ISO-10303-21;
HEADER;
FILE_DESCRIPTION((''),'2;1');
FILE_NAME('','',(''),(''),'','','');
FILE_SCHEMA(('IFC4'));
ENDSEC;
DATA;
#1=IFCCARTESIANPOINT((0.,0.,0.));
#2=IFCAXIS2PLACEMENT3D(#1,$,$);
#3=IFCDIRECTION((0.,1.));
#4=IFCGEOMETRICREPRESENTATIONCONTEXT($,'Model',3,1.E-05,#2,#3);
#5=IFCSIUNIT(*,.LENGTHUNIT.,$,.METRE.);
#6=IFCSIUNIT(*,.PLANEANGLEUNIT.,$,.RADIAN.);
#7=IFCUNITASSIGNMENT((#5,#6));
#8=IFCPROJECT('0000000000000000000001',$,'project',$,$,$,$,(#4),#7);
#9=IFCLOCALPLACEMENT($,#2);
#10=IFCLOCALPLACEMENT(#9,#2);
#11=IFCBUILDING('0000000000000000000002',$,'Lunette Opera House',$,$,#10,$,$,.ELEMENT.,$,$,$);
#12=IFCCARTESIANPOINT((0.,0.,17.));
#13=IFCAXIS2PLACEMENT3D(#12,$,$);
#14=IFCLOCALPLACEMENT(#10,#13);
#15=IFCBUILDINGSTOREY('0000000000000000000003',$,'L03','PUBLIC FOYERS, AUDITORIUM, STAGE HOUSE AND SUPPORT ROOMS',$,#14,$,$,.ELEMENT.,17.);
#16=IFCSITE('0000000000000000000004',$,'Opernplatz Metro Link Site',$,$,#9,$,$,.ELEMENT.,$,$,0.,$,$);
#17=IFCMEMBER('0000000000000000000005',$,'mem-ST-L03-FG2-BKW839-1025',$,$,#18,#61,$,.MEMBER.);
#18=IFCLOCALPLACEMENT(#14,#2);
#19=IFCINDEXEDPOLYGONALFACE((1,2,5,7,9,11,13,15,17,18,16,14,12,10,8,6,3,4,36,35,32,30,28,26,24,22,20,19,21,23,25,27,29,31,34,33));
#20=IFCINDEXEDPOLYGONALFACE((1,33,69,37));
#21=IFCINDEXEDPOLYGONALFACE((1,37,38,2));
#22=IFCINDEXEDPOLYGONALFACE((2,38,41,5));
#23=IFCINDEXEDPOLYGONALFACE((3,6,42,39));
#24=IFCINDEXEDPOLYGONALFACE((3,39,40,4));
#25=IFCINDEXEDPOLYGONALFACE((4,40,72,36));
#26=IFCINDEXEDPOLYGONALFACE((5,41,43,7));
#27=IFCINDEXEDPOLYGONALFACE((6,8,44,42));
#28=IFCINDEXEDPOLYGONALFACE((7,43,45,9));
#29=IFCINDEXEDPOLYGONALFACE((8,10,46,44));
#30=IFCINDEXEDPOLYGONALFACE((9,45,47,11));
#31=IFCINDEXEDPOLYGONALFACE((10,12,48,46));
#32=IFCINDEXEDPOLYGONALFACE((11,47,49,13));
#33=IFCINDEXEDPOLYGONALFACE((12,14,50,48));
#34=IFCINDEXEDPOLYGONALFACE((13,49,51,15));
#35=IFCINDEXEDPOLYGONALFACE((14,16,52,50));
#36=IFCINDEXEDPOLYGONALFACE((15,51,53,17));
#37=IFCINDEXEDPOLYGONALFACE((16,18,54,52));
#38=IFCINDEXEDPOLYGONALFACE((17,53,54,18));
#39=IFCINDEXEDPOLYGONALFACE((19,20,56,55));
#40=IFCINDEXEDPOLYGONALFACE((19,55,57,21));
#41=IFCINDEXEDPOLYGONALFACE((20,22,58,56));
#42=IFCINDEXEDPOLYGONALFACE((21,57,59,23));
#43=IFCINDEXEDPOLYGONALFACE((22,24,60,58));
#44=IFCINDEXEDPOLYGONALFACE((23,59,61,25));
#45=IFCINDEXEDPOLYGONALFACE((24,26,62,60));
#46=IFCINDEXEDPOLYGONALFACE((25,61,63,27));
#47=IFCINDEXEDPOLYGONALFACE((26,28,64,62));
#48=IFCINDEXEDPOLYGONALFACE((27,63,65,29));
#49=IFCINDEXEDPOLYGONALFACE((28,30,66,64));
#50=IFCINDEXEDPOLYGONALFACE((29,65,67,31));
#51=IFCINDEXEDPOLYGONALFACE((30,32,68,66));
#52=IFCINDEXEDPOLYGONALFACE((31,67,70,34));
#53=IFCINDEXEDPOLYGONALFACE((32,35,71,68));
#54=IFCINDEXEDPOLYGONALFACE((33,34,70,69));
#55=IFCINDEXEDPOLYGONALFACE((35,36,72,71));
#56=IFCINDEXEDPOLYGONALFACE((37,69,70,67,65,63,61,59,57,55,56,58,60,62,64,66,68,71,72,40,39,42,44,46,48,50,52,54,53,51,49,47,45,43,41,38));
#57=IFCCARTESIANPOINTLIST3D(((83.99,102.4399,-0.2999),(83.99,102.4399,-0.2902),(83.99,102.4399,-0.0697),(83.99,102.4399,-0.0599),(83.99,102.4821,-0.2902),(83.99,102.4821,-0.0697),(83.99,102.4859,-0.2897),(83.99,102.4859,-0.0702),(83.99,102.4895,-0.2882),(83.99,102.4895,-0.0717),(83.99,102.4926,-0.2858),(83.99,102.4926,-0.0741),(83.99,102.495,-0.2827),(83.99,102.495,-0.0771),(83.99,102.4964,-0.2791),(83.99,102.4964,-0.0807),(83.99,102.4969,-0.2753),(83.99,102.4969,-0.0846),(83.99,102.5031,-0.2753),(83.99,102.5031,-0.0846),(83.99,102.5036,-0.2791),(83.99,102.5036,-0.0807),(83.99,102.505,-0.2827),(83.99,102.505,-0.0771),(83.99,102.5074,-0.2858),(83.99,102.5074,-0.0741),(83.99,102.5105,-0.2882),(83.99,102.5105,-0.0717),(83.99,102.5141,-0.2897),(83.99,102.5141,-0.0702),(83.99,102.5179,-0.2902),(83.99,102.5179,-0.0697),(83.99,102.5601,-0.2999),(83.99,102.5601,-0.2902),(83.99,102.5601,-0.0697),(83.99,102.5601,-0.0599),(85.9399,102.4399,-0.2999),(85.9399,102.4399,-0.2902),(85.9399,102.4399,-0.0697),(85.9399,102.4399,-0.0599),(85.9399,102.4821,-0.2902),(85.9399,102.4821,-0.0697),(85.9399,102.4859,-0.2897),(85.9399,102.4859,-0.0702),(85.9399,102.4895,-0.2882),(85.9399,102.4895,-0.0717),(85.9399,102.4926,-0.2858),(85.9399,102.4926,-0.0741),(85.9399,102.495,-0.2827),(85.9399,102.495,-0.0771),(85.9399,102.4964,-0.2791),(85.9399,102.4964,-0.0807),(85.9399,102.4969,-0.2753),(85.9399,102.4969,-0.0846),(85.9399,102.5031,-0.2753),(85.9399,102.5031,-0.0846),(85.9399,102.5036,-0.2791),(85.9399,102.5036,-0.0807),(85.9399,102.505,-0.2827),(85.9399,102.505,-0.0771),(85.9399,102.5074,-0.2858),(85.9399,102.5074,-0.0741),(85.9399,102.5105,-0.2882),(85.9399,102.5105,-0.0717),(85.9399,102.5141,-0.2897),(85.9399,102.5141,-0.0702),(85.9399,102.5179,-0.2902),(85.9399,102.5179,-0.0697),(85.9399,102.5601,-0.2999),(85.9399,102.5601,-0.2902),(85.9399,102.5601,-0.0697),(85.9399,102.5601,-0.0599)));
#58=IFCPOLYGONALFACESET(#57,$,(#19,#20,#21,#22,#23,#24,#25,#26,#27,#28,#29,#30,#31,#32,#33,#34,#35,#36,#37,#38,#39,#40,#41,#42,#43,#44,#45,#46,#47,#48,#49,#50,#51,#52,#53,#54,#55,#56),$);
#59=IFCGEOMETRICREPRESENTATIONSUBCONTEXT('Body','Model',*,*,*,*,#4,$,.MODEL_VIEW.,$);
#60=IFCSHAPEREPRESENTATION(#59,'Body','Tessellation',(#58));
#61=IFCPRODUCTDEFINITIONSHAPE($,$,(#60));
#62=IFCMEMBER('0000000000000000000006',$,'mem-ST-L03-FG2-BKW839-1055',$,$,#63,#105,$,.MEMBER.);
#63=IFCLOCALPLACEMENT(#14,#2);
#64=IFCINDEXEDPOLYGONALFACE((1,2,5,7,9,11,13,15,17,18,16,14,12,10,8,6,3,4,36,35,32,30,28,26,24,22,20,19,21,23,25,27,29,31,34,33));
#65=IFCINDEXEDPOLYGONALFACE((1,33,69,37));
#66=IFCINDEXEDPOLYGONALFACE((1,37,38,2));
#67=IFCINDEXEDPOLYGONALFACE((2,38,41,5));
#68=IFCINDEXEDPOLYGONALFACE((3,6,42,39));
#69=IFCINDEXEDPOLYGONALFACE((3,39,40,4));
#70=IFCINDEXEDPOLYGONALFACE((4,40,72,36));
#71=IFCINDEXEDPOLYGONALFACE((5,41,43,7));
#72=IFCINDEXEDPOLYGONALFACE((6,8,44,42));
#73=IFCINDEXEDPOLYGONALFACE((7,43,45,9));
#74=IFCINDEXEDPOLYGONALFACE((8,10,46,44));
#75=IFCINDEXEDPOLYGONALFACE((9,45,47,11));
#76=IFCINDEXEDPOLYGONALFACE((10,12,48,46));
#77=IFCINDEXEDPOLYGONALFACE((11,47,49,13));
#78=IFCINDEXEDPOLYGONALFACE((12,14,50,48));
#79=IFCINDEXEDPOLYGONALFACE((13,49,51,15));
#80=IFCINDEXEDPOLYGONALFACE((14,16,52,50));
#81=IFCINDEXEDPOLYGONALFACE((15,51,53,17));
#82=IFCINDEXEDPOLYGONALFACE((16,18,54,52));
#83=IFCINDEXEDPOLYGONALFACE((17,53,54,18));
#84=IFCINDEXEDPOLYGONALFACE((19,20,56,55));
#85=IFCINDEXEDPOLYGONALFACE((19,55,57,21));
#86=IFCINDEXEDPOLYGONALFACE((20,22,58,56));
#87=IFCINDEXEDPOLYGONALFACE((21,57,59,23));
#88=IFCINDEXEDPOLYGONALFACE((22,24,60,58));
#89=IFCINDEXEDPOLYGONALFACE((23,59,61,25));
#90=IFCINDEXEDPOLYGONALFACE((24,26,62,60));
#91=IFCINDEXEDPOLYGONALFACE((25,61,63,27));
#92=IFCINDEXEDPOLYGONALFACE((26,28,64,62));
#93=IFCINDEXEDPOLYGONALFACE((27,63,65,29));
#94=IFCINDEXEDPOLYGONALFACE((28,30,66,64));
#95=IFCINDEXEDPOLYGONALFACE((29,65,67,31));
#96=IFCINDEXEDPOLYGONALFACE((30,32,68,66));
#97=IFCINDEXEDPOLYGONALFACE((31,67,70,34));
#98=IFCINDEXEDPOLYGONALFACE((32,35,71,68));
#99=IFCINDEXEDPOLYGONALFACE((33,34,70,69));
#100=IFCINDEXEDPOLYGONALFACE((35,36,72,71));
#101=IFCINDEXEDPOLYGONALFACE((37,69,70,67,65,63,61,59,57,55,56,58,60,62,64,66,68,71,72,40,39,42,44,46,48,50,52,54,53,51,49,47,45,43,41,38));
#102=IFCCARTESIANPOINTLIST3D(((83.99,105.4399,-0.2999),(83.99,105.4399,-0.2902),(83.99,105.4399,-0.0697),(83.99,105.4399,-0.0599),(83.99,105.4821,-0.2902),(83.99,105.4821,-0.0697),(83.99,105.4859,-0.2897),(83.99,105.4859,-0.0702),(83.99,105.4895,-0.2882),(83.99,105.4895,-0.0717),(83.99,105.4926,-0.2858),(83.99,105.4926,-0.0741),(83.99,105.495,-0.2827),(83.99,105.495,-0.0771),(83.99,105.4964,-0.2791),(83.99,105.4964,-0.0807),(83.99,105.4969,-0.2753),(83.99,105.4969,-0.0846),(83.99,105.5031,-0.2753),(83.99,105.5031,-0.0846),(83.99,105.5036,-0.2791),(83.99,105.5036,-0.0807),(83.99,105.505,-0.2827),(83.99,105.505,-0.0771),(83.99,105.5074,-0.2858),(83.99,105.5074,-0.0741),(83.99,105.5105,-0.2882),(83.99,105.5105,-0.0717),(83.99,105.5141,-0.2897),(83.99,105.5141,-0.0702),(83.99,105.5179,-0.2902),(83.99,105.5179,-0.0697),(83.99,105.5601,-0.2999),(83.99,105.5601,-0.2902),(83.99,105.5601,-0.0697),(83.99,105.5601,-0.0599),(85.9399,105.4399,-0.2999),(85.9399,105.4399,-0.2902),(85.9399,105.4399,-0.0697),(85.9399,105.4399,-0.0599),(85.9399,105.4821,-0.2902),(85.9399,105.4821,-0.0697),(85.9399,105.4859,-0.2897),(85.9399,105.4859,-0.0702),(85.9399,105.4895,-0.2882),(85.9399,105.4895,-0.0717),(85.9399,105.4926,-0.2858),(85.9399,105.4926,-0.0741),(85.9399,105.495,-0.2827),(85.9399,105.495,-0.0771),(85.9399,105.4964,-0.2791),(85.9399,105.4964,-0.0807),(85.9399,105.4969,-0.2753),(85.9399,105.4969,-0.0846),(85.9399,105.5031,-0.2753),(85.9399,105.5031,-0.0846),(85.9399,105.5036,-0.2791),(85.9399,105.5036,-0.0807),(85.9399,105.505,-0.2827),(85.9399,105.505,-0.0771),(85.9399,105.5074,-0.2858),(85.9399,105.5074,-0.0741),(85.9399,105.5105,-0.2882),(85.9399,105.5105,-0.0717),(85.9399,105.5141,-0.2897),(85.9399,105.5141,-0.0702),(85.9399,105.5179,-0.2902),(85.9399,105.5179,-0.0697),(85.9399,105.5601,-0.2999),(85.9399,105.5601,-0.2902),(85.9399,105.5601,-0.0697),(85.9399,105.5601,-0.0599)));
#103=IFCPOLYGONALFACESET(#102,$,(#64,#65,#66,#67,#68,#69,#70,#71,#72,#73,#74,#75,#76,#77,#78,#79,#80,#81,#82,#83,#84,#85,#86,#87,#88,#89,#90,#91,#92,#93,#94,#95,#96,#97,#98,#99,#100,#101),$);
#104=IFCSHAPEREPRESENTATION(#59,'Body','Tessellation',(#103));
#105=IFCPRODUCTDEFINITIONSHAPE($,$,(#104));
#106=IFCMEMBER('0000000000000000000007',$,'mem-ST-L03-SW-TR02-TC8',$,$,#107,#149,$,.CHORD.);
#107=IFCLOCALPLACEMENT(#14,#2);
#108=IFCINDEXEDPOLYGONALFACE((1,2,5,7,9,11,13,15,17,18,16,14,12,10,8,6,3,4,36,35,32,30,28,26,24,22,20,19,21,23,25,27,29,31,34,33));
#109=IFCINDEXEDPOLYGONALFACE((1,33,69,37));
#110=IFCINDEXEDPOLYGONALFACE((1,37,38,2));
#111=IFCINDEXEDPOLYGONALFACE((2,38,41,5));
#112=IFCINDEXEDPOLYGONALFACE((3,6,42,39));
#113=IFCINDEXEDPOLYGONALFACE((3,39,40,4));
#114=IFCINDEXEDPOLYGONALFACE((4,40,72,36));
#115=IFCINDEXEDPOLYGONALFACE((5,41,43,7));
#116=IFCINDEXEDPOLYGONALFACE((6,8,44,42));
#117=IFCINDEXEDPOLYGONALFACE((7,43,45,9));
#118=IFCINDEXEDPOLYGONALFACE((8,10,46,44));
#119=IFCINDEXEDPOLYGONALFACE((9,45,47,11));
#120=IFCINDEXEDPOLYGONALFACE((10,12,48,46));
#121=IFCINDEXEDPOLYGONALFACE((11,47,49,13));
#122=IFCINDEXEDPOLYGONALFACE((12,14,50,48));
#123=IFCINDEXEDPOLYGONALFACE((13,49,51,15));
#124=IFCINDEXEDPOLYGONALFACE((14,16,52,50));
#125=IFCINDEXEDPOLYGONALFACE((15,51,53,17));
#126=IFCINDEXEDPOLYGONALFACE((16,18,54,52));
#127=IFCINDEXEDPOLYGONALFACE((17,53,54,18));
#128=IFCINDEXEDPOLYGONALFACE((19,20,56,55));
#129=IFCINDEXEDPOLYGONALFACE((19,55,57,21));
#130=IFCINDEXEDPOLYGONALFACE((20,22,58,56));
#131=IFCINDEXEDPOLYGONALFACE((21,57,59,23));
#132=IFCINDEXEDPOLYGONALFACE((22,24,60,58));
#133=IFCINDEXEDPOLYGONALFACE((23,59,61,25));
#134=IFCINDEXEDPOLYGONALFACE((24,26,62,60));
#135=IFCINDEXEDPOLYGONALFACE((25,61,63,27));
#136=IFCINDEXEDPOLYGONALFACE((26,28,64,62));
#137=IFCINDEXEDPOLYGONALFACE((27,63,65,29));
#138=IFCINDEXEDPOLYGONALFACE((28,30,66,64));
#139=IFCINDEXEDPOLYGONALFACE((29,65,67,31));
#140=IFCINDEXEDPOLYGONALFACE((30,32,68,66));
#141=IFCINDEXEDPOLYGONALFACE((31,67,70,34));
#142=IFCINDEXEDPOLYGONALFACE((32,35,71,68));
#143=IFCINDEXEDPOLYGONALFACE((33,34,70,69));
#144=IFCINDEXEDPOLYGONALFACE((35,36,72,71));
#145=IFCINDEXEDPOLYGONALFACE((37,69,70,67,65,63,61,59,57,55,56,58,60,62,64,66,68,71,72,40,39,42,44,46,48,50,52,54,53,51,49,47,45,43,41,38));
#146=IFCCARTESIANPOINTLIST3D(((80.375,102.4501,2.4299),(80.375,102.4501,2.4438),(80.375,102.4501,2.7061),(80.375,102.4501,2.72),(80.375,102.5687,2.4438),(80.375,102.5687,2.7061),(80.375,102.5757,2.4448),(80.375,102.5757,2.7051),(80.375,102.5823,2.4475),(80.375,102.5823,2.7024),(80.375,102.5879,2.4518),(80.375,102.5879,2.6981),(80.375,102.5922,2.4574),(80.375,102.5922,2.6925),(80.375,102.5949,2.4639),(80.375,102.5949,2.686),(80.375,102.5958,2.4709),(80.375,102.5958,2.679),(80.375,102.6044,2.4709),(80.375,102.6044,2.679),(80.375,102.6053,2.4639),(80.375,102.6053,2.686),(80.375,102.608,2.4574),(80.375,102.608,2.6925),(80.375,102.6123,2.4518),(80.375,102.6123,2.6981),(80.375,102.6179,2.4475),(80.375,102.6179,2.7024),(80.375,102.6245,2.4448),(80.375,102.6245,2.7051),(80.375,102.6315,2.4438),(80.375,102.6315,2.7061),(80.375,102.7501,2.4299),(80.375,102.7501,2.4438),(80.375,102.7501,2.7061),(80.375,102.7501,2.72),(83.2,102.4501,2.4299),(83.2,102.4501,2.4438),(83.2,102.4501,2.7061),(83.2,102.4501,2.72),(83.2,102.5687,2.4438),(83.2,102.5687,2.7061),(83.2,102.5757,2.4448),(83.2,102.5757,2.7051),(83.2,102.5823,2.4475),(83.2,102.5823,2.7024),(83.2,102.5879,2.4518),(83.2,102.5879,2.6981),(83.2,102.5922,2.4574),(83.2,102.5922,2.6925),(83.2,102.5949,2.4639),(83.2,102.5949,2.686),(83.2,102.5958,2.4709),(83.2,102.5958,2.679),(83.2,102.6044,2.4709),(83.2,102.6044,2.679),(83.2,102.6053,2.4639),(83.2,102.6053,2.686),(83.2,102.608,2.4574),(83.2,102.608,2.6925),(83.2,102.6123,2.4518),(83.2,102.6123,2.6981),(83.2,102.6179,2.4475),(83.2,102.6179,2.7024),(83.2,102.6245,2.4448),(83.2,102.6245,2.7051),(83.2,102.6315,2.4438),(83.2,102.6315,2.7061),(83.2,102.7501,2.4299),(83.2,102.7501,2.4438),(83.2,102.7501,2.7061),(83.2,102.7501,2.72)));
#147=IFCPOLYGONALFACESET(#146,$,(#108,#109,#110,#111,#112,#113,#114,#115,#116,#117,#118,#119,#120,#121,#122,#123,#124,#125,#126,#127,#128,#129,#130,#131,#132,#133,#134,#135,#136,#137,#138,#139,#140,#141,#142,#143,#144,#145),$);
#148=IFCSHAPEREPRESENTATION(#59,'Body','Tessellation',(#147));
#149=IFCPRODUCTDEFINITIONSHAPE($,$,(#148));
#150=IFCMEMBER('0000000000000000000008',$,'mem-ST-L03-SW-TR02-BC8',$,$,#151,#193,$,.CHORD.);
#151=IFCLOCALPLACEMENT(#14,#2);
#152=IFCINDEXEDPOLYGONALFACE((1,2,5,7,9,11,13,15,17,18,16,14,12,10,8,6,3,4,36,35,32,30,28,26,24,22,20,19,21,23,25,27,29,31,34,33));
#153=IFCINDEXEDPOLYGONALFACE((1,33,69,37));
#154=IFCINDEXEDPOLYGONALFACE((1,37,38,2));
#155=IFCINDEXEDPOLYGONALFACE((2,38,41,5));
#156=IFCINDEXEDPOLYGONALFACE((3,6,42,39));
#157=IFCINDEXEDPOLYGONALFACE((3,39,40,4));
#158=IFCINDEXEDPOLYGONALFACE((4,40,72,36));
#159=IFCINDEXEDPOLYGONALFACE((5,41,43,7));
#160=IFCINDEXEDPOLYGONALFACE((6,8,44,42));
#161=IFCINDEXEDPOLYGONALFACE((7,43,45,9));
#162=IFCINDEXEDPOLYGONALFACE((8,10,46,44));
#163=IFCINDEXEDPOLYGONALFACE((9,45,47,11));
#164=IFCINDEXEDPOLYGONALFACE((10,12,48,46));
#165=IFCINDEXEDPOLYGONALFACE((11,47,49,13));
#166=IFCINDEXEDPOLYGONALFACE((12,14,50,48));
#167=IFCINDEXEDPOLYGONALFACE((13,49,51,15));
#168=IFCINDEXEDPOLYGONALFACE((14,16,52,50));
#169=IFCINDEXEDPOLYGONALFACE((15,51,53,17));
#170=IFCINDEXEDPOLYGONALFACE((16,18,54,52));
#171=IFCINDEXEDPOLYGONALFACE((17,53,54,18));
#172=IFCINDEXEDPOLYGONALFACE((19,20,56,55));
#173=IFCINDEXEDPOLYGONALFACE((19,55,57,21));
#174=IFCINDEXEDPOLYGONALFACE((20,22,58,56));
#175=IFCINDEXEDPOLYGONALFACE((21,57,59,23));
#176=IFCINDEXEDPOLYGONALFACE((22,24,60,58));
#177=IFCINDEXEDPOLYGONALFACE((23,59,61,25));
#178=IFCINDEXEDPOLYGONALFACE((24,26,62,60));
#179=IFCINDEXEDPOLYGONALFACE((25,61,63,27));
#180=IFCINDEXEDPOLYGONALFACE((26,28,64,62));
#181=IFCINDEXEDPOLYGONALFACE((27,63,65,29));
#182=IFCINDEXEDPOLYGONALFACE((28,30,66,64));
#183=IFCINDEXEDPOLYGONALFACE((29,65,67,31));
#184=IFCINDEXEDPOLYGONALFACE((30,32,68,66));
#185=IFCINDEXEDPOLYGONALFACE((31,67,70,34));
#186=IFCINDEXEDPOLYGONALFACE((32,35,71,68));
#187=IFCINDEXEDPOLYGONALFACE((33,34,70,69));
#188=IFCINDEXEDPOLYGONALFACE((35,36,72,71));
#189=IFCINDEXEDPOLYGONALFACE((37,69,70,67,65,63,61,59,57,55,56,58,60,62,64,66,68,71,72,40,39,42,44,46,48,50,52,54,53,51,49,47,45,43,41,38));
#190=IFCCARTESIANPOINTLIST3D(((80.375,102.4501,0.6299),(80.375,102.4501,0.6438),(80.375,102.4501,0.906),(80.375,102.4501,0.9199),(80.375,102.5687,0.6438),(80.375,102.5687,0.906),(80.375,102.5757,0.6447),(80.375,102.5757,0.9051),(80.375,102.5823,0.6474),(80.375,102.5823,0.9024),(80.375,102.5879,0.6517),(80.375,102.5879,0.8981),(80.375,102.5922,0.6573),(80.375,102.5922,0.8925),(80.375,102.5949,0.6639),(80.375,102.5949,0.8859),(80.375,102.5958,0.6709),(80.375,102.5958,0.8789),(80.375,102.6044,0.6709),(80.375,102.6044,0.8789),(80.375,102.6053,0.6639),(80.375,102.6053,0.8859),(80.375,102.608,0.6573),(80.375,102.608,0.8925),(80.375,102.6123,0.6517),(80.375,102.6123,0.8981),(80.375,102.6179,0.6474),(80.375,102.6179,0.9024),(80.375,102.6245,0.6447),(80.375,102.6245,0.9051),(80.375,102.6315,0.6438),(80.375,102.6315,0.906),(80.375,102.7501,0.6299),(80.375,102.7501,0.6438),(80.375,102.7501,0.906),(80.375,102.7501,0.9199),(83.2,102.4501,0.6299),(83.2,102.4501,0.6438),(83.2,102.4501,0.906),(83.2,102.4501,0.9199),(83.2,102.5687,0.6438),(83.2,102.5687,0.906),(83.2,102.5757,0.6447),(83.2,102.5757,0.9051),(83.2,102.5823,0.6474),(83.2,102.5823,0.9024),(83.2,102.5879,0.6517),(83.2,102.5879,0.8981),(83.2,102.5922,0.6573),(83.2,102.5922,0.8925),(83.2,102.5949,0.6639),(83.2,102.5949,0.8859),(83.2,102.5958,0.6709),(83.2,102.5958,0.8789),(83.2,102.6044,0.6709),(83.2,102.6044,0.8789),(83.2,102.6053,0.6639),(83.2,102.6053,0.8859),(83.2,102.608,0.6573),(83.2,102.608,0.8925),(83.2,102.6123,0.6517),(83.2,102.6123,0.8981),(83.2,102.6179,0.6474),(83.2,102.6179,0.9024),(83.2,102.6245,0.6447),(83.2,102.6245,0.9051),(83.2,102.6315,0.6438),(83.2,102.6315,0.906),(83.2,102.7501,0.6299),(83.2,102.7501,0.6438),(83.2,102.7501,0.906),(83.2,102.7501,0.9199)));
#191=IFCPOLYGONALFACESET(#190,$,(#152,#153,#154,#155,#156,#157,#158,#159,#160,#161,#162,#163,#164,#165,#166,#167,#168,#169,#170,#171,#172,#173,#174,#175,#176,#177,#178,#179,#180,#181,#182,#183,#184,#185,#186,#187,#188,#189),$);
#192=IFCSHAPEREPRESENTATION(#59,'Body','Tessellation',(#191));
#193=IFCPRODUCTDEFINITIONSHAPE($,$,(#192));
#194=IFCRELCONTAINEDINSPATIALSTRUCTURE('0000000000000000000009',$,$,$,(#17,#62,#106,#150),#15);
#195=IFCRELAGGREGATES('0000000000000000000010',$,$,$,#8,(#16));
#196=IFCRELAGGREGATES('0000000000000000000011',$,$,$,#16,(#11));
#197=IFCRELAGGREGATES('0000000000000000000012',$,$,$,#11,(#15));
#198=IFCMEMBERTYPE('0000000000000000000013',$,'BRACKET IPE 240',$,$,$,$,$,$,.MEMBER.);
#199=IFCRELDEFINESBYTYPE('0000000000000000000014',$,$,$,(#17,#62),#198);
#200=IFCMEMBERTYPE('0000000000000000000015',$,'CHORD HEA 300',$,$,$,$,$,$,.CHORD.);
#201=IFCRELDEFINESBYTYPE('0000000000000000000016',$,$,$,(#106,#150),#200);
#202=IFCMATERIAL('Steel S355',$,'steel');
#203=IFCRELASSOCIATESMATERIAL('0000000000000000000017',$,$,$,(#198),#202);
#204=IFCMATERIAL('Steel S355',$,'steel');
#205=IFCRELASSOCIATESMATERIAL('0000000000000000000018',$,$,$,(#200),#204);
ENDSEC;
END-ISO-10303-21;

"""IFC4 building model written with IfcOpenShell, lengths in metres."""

from ifc_helpers import new_model, si_unit, direction, frame, origin, origin_2d, place, context, subcontext, project, spatial, i_section, extrude, material, material_profile, profile_set, type_object, element, save


model = new_model("IFC4")

# Units and contexts
model_context = context("Model", 3, precision=1e-05, world=origin(), true_north=direction((0.0, 1.0)))
body_context = subcontext(model_context, "Body", "Model", "MODEL_VIEW")
ifc_project = project(units=[si_unit("LENGTHUNIT", "METRE"), si_unit("PLANEANGLEUNIT", "RADIAN")], contexts=[model_context])

# Site, building, storey
site_placement = place(None, origin())
site = spatial("IfcSite", under=ifc_project, at=site_placement, Name="Opernplatz Metro Link Site", CompositionType="ELEMENT", RefElevation=0.0)
building_placement = place(site_placement, origin())
building = spatial("IfcBuilding", under=site, at=building_placement, Name="Lunette Opera House", CompositionType="ELEMENT")
storey_placement = place(building_placement, frame((0.0, 0.0, 17.0)))
storey = spatial("IfcBuildingStorey", under=building, at=storey_placement, Name="L03", Description="PUBLIC FOYERS, AUDITORIUM, STAGE HOUSE AND SUPPORT ROOMS", CompositionType="ELEMENT", Elevation=17.0)

# Members
ifc_material_1 = material(Name="Steel S355", Category="steel")
ifc_material_profile_1 = material_profile(ifc_material_1, i_section(OverallWidth=0.1201, OverallDepth=0.24, WebThickness=0.0061, FlangeThickness=0.0098, FilletRadius=0.0149, at=origin_2d()), Name="IPE 240")
ifc_profile_set_1 = profile_set([ifc_material_profile_1], Name="Steel S355")
member_type_1 = type_object("IfcMemberType", Name="BRACKET IPE 240", PredefinedType="MEMBER", material=ifc_profile_set_1)
for number, where, z_axis, x_axis, name in (
    (1, (83.99, 102.5, -0.1799), (1.0, 0.0, 0.0), (0.0, 1.0, 0.0), "mem-ST-L03-FG2-BKW839-1025"),
    (2, (83.99, 105.5, -0.1799), (1.0, 0.0, 0.0), (0.0, 1.0, 0.0), "mem-ST-L03-FG2-BKW839-1055"),
):
    element("IfcMember", number, at=place(storey_placement, frame(where, z_axis=z_axis, x_axis=x_axis)), inside=storey, type_object=member_type_1, Name=name, PredefinedType="MEMBER", context=body_context, shape_type="SweptSolid", body=[
        extrude(i_section(OverallWidth=0.1201, OverallDepth=0.24, WebThickness=0.0061, FlangeThickness=0.0098, FilletRadius=0.0149, at=origin_2d()), origin(), (0.0, 0.0, 1.0), 1.95),
    ])
ifc_material_2 = material(Name="Steel S355", Category="steel")
ifc_material_profile_2 = material_profile(ifc_material_2, i_section(OverallWidth=0.3, OverallDepth=0.29, WebThickness=0.0085, FlangeThickness=0.0139, FilletRadius=0.0271, at=origin_2d()), Name="HEA 300")
ifc_profile_set_2 = profile_set([ifc_material_profile_2], Name="Steel S355")
member_type_2 = type_object("IfcMemberType", Name="CHORD HEA 300", PredefinedType="CHORD", material=ifc_profile_set_2)
for number, where, z_axis, x_axis, name in (
    (3, (80.375, 102.6001, 2.575), (1.0, 0.0, 0.0), (0.0, 1.0, 0.0), "mem-ST-L03-SW-TR02-TC8"),
    (4, (80.375, 102.6001, 0.7749), (1.0, 0.0, 0.0), (0.0, 1.0, 0.0), "mem-ST-L03-SW-TR02-BC8"),
):
    element("IfcMember", number, at=place(storey_placement, frame(where, z_axis=z_axis, x_axis=x_axis)), inside=storey, type_object=member_type_2, Name=name, PredefinedType="CHORD", context=body_context, shape_type="SweptSolid", body=[
        extrude(i_section(OverallWidth=0.3, OverallDepth=0.29, WebThickness=0.0085, FlangeThickness=0.0139, FilletRadius=0.0271, at=origin_2d()), origin(), (0.0, 0.0, 1.0), 2.825),
    ])

save(model, "model.ifc")
